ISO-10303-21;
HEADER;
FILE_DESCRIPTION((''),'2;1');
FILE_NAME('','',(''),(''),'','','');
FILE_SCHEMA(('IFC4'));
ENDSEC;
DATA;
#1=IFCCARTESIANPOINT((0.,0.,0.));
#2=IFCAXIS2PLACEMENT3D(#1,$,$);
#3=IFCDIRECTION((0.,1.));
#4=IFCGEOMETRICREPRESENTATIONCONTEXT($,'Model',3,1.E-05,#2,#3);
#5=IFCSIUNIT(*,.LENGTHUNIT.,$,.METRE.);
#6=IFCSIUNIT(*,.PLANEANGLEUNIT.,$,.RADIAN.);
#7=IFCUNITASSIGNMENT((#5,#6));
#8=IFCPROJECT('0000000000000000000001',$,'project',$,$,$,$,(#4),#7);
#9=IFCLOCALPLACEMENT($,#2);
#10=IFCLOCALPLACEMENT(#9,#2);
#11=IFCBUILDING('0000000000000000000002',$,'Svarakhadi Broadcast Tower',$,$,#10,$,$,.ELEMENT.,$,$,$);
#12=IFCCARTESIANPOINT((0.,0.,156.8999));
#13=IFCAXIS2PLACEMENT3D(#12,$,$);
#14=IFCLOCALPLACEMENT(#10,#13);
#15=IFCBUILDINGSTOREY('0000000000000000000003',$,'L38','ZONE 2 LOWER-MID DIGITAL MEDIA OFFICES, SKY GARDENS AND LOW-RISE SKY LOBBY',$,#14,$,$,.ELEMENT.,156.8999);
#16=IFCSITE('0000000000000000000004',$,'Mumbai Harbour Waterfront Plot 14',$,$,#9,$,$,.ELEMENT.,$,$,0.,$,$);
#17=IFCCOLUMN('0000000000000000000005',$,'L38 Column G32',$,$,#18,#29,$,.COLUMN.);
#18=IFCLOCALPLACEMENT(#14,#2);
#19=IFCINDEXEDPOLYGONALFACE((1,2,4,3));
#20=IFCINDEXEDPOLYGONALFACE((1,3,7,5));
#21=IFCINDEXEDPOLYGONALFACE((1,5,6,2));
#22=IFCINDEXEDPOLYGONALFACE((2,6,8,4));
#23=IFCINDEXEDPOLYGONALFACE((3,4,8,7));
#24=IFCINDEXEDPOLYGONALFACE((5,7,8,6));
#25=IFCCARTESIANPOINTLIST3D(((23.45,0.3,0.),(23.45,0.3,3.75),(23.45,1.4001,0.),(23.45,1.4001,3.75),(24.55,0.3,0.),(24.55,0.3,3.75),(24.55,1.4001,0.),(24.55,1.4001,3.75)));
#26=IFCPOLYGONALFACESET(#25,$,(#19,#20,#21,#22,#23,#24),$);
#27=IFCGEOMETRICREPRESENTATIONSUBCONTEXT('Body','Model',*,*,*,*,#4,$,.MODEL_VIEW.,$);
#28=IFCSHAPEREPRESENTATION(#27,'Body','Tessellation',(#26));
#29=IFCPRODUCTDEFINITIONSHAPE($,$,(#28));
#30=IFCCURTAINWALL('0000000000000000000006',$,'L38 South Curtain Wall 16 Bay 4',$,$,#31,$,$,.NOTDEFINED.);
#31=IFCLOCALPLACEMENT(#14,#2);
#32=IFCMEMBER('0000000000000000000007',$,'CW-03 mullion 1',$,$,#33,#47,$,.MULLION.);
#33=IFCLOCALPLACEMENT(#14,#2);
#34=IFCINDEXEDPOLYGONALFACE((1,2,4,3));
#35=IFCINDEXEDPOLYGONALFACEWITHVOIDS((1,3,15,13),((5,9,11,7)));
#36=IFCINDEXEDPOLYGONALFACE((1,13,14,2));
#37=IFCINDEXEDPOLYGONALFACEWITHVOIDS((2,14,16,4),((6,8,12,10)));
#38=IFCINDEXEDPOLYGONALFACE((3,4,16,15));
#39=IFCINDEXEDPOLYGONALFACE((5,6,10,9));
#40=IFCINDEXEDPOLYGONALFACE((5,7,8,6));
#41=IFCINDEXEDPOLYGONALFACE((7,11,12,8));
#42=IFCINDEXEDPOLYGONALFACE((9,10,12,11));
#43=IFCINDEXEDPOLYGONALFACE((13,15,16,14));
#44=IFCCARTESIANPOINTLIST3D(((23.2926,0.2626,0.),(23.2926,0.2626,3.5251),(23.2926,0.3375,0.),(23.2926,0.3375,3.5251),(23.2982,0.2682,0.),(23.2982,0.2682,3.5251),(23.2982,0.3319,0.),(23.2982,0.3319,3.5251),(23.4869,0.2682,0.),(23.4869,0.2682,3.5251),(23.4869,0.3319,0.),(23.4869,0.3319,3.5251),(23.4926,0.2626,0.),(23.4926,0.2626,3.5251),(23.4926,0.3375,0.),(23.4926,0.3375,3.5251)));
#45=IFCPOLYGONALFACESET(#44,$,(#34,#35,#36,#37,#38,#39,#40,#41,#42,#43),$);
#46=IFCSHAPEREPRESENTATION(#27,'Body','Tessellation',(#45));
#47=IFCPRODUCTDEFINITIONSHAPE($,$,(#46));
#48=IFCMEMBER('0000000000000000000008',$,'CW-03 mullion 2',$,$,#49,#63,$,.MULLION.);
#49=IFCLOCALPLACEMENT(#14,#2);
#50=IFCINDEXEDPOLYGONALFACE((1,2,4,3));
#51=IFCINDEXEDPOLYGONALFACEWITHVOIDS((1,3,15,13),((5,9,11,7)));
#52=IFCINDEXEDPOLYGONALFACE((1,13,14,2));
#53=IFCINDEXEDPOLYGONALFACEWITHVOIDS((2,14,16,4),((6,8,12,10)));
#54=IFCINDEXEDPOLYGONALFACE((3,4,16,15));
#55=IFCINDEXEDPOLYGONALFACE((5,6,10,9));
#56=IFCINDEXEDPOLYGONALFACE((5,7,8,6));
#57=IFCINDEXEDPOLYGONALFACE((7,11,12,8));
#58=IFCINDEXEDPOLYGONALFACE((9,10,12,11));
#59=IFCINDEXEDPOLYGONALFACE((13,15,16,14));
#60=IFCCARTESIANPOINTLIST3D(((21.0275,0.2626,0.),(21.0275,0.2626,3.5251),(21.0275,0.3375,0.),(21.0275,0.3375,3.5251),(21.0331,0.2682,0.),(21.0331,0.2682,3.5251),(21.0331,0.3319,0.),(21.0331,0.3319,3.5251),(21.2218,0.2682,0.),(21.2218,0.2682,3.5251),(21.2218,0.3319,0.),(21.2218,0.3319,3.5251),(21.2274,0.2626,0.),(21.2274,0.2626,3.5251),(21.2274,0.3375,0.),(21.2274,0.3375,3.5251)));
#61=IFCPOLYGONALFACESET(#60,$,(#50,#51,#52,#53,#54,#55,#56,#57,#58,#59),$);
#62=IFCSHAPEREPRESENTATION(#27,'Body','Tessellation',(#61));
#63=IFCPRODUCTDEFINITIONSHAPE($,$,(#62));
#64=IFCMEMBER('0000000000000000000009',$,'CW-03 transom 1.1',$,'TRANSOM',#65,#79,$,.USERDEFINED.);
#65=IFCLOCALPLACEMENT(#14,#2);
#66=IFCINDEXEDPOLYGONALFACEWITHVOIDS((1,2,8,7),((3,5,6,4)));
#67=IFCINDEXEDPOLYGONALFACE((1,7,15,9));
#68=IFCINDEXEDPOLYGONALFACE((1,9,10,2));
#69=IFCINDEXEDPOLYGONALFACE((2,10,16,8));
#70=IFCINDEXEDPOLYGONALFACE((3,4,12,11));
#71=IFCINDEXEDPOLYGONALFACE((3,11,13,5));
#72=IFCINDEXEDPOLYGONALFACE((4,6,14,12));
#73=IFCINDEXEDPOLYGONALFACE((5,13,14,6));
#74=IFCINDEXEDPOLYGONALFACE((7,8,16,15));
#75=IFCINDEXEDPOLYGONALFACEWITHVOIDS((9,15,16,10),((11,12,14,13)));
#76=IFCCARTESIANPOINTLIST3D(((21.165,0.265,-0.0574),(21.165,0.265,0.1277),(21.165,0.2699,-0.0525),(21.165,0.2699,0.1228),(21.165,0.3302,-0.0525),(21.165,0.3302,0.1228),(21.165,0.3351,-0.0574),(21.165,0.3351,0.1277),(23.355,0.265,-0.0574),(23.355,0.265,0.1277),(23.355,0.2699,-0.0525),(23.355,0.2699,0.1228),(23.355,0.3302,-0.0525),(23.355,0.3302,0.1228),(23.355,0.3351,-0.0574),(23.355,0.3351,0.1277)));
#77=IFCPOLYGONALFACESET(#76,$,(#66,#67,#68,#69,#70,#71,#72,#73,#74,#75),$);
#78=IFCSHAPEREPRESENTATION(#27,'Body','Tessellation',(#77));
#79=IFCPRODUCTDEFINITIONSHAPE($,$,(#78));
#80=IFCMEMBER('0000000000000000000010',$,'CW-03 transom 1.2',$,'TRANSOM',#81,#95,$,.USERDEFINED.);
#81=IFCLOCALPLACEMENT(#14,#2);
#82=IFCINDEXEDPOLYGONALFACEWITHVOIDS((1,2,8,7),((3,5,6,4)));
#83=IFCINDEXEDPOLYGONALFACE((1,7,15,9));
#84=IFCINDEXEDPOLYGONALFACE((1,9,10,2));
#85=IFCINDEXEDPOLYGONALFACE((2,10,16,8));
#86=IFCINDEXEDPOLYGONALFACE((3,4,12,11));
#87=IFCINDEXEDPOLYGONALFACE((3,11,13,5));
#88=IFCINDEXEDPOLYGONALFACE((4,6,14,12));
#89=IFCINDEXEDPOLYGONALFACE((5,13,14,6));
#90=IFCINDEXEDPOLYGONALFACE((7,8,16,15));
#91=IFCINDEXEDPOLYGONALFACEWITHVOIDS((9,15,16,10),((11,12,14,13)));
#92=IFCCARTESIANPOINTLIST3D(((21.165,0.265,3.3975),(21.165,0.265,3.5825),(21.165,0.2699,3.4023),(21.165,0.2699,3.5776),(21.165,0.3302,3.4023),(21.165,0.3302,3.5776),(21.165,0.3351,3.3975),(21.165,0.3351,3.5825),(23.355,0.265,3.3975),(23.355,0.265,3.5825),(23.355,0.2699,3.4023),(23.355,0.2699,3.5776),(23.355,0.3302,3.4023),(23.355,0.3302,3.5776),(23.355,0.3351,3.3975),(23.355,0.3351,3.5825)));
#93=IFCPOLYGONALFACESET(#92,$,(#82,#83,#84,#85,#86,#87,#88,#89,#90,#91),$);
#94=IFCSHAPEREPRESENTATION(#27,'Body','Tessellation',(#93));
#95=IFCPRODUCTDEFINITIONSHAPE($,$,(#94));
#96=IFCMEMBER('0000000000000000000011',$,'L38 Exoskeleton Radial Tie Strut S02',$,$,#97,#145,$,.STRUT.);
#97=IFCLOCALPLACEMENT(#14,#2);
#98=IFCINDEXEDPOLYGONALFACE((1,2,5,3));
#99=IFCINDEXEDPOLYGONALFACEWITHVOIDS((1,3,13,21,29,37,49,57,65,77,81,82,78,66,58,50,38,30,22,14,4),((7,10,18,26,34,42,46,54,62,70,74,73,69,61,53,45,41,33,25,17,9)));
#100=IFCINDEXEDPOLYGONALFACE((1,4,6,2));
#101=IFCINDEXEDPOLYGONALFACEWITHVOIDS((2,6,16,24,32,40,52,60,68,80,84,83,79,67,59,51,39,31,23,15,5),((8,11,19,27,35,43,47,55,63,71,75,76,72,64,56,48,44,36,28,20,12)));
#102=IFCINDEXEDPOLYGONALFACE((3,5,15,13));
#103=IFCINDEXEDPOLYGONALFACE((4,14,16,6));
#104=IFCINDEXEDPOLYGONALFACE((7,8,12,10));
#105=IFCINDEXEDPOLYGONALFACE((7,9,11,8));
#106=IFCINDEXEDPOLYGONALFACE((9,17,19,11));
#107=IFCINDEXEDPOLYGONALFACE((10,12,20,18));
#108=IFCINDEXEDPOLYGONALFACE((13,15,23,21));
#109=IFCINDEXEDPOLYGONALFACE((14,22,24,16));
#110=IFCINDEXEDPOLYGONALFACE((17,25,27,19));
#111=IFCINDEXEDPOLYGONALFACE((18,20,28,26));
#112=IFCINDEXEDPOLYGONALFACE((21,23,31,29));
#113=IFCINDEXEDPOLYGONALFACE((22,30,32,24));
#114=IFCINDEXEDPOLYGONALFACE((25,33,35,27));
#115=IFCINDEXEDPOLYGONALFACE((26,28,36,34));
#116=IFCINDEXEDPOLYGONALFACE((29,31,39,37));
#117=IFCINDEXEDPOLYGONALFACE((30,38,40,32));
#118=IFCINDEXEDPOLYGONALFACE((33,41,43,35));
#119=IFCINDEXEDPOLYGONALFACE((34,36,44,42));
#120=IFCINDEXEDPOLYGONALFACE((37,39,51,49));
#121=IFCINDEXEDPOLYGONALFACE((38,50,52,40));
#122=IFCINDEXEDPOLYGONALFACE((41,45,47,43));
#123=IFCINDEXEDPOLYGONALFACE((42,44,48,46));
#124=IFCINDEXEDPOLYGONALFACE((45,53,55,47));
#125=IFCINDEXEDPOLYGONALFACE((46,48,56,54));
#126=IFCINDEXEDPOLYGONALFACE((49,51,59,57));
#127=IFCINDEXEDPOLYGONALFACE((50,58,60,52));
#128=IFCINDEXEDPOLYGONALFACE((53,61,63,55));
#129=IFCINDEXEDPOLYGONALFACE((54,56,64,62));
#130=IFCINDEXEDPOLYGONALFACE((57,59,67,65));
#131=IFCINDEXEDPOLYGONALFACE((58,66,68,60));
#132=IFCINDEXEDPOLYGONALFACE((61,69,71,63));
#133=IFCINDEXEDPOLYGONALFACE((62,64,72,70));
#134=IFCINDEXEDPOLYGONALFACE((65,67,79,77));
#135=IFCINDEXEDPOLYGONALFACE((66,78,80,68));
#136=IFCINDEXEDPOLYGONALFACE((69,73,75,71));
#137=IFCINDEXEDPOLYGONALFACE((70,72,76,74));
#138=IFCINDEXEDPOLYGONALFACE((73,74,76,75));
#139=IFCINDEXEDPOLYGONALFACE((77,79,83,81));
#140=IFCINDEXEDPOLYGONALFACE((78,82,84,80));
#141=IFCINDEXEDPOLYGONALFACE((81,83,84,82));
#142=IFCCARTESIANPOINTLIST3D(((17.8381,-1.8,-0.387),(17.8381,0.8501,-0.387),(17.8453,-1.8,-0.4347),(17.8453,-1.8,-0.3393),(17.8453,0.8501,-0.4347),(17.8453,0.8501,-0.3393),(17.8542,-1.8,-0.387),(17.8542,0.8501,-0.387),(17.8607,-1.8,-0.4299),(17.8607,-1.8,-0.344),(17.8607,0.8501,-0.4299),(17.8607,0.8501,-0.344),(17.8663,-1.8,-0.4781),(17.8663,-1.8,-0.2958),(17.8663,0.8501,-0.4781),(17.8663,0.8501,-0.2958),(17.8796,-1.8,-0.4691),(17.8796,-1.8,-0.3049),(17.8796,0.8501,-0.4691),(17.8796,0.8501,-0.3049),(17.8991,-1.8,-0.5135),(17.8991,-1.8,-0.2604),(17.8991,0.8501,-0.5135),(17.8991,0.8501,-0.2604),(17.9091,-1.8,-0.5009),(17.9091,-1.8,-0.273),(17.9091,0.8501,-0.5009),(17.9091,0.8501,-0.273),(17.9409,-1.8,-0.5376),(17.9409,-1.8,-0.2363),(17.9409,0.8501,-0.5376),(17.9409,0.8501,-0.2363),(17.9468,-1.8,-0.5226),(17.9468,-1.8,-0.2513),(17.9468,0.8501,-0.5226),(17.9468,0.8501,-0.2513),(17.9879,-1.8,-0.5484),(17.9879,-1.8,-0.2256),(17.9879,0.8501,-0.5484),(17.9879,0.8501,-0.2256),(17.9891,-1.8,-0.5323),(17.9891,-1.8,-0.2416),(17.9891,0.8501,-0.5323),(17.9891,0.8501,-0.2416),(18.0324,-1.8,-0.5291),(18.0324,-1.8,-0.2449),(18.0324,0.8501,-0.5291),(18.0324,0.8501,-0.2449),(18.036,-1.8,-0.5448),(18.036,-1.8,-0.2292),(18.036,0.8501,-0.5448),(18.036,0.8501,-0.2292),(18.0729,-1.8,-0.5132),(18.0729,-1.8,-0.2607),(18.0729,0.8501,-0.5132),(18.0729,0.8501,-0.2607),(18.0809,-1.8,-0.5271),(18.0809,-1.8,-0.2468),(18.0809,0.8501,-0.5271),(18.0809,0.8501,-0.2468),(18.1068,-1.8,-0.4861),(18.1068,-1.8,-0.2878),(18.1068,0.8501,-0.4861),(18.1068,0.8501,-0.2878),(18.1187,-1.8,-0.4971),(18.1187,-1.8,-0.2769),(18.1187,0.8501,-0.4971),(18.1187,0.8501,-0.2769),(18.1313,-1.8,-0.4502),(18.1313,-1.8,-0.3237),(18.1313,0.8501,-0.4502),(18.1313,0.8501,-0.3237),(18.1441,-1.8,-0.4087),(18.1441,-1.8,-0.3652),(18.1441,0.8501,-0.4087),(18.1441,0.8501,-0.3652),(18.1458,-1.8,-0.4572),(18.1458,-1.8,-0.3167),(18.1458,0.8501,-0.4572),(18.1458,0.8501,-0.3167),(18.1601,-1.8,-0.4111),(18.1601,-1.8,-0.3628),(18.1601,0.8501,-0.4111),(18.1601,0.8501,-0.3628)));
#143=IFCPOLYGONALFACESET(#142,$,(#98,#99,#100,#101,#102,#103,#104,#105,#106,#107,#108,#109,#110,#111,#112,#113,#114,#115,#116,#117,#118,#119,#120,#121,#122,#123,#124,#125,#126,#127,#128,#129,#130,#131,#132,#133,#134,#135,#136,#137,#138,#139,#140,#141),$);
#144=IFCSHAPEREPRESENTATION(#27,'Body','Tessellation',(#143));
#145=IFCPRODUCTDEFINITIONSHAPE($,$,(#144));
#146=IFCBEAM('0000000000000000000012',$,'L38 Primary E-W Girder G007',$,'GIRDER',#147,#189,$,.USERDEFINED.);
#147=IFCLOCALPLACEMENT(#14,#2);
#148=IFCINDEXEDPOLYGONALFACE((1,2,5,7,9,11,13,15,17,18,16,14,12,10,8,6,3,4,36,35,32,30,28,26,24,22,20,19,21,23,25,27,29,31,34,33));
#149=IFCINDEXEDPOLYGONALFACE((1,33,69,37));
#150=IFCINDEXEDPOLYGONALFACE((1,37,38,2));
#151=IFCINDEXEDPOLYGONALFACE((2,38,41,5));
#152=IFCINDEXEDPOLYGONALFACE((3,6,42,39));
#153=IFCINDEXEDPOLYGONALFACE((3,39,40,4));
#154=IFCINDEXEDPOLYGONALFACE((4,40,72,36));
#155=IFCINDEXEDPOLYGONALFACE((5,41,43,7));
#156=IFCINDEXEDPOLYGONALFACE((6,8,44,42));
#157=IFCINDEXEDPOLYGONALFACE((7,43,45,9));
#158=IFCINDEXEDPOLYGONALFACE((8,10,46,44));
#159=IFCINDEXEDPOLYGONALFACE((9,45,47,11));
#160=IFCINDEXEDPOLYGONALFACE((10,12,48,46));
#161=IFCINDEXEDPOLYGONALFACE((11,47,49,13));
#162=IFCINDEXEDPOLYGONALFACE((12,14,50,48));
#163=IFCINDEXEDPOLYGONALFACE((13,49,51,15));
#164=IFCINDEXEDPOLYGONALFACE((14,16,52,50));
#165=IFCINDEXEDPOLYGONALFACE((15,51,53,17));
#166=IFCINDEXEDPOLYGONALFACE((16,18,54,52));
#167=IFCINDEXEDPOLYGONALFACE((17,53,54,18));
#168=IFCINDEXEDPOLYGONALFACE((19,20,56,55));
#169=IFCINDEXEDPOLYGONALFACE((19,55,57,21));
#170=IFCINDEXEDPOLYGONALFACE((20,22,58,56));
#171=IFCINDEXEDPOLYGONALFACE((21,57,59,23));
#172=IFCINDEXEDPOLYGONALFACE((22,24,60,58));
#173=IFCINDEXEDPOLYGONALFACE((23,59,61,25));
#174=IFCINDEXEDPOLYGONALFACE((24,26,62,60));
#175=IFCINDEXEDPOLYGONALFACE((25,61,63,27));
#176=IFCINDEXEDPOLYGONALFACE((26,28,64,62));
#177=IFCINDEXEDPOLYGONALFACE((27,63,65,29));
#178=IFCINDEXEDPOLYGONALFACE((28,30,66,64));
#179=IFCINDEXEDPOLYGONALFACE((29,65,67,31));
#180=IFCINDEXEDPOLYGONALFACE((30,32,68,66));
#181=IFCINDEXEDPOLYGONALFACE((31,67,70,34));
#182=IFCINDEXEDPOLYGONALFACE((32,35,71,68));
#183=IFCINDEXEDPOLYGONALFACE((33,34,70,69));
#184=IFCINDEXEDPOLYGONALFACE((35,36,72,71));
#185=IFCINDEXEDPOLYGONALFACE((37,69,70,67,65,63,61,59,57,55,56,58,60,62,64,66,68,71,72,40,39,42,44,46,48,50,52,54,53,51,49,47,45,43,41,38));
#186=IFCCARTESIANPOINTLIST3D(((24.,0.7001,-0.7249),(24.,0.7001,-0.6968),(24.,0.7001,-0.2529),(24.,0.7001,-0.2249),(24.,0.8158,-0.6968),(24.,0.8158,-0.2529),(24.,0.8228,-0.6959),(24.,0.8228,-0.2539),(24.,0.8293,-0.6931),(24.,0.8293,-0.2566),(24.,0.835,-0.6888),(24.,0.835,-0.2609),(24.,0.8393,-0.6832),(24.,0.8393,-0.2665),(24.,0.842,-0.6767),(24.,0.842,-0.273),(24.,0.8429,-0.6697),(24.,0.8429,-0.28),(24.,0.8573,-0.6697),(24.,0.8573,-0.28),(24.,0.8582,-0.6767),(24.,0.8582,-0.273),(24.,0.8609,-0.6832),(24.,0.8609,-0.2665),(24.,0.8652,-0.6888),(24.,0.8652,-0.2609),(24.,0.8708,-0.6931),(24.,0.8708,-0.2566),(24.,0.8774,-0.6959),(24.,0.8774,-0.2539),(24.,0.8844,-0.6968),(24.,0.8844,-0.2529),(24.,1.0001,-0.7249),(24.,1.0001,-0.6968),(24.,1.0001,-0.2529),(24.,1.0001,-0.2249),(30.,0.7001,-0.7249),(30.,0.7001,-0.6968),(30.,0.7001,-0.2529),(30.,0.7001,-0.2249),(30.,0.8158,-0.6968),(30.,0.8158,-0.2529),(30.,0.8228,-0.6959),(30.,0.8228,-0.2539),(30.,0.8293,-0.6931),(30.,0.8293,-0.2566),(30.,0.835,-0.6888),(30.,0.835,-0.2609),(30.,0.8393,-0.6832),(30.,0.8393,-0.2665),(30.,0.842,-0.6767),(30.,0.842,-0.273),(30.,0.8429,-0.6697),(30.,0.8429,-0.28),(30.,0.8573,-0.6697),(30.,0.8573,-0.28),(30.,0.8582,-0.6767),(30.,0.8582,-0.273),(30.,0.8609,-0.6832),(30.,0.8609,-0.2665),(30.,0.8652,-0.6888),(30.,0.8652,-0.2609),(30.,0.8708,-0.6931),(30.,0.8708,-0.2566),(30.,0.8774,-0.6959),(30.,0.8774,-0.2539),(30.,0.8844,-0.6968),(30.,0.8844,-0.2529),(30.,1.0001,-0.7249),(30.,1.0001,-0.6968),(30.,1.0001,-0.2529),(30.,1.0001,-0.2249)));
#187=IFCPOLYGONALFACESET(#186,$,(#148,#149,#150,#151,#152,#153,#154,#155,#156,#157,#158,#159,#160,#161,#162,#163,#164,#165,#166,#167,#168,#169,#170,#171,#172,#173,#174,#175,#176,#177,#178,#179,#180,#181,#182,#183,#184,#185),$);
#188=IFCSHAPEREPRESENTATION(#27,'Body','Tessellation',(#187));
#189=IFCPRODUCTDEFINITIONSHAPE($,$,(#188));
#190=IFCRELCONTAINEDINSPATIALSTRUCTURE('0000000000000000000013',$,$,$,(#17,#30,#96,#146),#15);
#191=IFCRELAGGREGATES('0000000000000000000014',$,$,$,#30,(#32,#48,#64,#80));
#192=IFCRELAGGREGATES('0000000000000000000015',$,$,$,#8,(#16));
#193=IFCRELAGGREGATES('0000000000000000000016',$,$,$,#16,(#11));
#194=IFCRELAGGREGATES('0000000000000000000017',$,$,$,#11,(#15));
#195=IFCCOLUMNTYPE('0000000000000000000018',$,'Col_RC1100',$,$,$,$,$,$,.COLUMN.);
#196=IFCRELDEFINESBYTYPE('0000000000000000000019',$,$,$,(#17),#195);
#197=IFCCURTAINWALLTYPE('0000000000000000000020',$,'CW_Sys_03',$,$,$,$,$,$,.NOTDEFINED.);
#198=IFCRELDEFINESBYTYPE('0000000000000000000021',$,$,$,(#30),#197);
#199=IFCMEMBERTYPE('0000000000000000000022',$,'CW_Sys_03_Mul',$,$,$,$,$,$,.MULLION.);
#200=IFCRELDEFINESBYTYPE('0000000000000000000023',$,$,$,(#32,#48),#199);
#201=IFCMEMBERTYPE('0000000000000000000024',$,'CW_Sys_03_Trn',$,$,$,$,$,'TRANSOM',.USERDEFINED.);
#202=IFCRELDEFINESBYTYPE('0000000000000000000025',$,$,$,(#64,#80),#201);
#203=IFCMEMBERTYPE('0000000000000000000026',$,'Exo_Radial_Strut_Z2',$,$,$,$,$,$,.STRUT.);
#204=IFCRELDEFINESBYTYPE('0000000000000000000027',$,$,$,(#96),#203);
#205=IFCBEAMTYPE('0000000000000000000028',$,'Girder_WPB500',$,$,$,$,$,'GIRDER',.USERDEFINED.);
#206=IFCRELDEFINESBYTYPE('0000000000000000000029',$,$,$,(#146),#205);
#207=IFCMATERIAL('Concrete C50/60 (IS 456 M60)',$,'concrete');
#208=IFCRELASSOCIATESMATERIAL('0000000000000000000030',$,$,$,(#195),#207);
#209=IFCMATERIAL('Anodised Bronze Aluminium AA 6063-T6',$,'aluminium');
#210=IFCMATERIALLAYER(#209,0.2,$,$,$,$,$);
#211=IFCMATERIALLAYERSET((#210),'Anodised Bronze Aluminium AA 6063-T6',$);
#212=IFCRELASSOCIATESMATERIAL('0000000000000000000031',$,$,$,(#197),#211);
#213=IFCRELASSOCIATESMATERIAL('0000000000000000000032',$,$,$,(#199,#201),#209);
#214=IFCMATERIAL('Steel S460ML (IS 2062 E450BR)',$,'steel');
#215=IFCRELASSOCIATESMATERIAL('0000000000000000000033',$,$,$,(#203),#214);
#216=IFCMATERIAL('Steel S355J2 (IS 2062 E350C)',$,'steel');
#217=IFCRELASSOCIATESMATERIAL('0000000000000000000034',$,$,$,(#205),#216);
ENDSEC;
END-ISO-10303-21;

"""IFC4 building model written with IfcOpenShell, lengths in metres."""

from ifc_helpers import new_model, si_unit, direction, frame, origin, origin_2d, place, context, subcontext, project, spatial, rectangle, hollow_rectangle, hollow_circle, i_section, extrude, material, layer, layer_set, material_profile, profile_set, type_object, element, aggregate, save


model = new_model("IFC4")

# Units and contexts
model_context = context("Model", 3, precision=1e-05, world=origin(), true_north=direction((0.0, 1.0)))
body_context = subcontext(model_context, "Body", "Model", "MODEL_VIEW")
ifc_project = project(units=[si_unit("LENGTHUNIT", "METRE"), si_unit("PLANEANGLEUNIT", "RADIAN")], contexts=[model_context])

# Site, building, storey
site_placement = place(None, origin())
site = spatial("IfcSite", under=ifc_project, at=site_placement, Name="Mumbai Harbour Waterfront Plot 14", CompositionType="ELEMENT", RefElevation=0.0)
building_placement = place(site_placement, origin())
building = spatial("IfcBuilding", under=site, at=building_placement, Name="Svarakhadi Broadcast Tower", CompositionType="ELEMENT")
storey_placement = place(building_placement, frame((0.0, 0.0, 156.8999)))
storey = spatial("IfcBuildingStorey", under=building, at=storey_placement, Name="L38", Description="ZONE 2 LOWER-MID DIGITAL MEDIA OFFICES, SKY GARDENS AND LOW-RISE SKY LOBBY", CompositionType="ELEMENT", Elevation=156.8999)

# Column
ifc_material_1 = material(Name="Concrete C50/60 (IS 456 M60)", Category="concrete")
ifc_material_profile_1 = material_profile(ifc_material_1, rectangle(XDim=1.1001, YDim=1.1001, at=origin_2d()), Name="RC 1100x1100")
ifc_profile_set_1 = profile_set([ifc_material_profile_1], Name="Concrete C50/60 (IS 456 M60)")
column_type = type_object("IfcColumnType", Name="Col_RC1100", PredefinedType="COLUMN", material=ifc_profile_set_1)
column_placement = place(storey_placement, frame((24.0, 0.8501, 0.0), z_axis=(0.0, 0.0, 1.0), x_axis=(1.0, 0.0, 0.0)))
element("IfcColumn", 1, at=column_placement, inside=storey, type_object=column_type, Name="L38 Column G32", PredefinedType="COLUMN", context=body_context, shape_type="SweptSolid", body=[
    extrude(rectangle(XDim=1.1001, YDim=1.1001, at=origin_2d()), origin(), (0.0, 0.0, 1.0), 3.75),
])

# Curtain wall, members
ifc_material_2 = material(Name="Anodised Bronze Aluminium AA 6063-T6", Category="aluminium")
ifc_layer_1 = layer(ifc_material_2, 0.2)
ifc_layer_set_1 = layer_set([ifc_layer_1], Name="Anodised Bronze Aluminium AA 6063-T6")
curtain_wall_type = type_object("IfcCurtainWallType", Name="CW_Sys_03", PredefinedType="NOTDEFINED", material=ifc_layer_set_1)
curtain_wall_placement = place(storey_placement, origin())
curtain_wall = element("IfcCurtainWall", 2, at=curtain_wall_placement, inside=storey, type_object=curtain_wall_type, Name="L38 South Curtain Wall 16 Bay 4", PredefinedType="NOTDEFINED")
ifc_material_profile_2 = material_profile(ifc_material_2, hollow_rectangle(XDim=0.075, YDim=0.2, WallThickness=0.0056, at=origin_2d()), Name="ALU MULLION 200x75x6")
ifc_profile_set_2 = profile_set([ifc_material_profile_2], Name="Anodised Bronze Aluminium AA 6063-T6")
member_type_1 = type_object("IfcMemberType", Name="CW_Sys_03_Mul", PredefinedType="MULLION", material=ifc_profile_set_2)
member_1_placement = place(storey_placement, frame((23.3926, 0.3, 0.0), z_axis=(0.0, 0.0, 1.0), x_axis=(0.0, -1.0, 0.0)))
member_1 = element("IfcMember", 3, at=member_1_placement, type_object=member_type_1, Name="CW-03 mullion 1", PredefinedType="MULLION", context=body_context, shape_type="SweptSolid", body=[
    extrude(hollow_rectangle(XDim=0.075, YDim=0.2, WallThickness=0.0056, at=origin_2d()), origin(), (0.0, 0.0, 1.0), 3.5251),
])
member_2_placement = place(storey_placement, frame((21.1274, 0.3, 0.0), z_axis=(0.0, 0.0, 1.0), x_axis=(0.0, -1.0, 0.0)))
member_2 = element("IfcMember", 4, at=member_2_placement, type_object=member_type_1, Name="CW-03 mullion 2", PredefinedType="MULLION", context=body_context, shape_type="SweptSolid", body=[
    extrude(hollow_rectangle(XDim=0.075, YDim=0.2, WallThickness=0.0056, at=origin_2d()), origin(), (0.0, 0.0, 1.0), 3.5251),
])
ifc_material_profile_3 = material_profile(ifc_material_2, hollow_rectangle(XDim=0.0701, YDim=0.1851, WallThickness=0.0049, at=origin_2d()), Name="ALU TRANSOM 185x70x5")
ifc_profile_set_3 = profile_set([ifc_material_profile_3], Name="Anodised Bronze Aluminium AA 6063-T6")
member_type_2 = type_object("IfcMemberType", Name="CW_Sys_03_Trn", ElementType="TRANSOM", PredefinedType="USERDEFINED", material=ifc_profile_set_3)
member_3_placement = place(storey_placement, frame((23.355, 0.3, 0.0352), z_axis=(-1.0, 0.0, 0.0), x_axis=(0.0, -1.0, 0.0)))
member_3 = element("IfcMember", 5, at=member_3_placement, type_object=member_type_2, Name="CW-03 transom 1.1", ObjectType="TRANSOM", PredefinedType="USERDEFINED", context=body_context, shape_type="SweptSolid", body=[
    extrude(hollow_rectangle(XDim=0.0701, YDim=0.1851, WallThickness=0.0049, at=origin_2d()), origin(), (0.0, 0.0, 1.0), 2.1899),
])
member_4_placement = place(storey_placement, frame((23.355, 0.3, 3.49), z_axis=(-1.0, 0.0, 0.0), x_axis=(0.0, -1.0, 0.0)))
member_4 = element("IfcMember", 6, at=member_4_placement, type_object=member_type_2, Name="CW-03 transom 1.2", ObjectType="TRANSOM", PredefinedType="USERDEFINED", context=body_context, shape_type="SweptSolid", body=[
    extrude(hollow_rectangle(XDim=0.0701, YDim=0.1851, WallThickness=0.0049, at=origin_2d()), origin(), (0.0, 0.0, 1.0), 2.1899),
])

# Member
ifc_material_3 = material(Name="Steel S460ML (IS 2062 E450BR)", Category="steel")
ifc_material_profile_4 = material_profile(ifc_material_3, hollow_circle(Radius=0.1619, WallThickness=0.0161, at=origin_2d()), Name="CHS 323.9x16")
ifc_profile_set_4 = profile_set([ifc_material_profile_4], Name="Steel S460ML (IS 2062 E450BR)")
member_type_3 = type_object("IfcMemberType", Name="Exo_Radial_Strut_Z2", PredefinedType="STRUT", material=ifc_profile_set_4)
member_5_placement = place(storey_placement, frame((18.0, -1.8, -0.387), z_axis=(0.0, 1.0, 0.0), x_axis=(-1.0, 0.0, 0.0)))
element("IfcMember", 7, at=member_5_placement, inside=storey, type_object=member_type_3, Name="L38 Exoskeleton Radial Tie Strut S02", PredefinedType="STRUT", context=body_context, shape_type="SweptSolid", body=[
    extrude(hollow_circle(Radius=0.1619, WallThickness=0.0161, at=origin_2d()), origin(), (0.0, 0.0, 1.0), 2.6501),
])

# Beam
ifc_material_4 = material(Name="Steel S355J2 (IS 2062 E350C)", Category="steel")
ifc_material_profile_5 = material_profile(ifc_material_4, i_section(OverallWidth=0.3, OverallDepth=0.5, WebThickness=0.0144, FlangeThickness=0.0281, FilletRadius=0.0271, at=origin_2d()), Name="WPB 500x300x187")
ifc_profile_set_5 = profile_set([ifc_material_profile_5], Name="Steel S355J2 (IS 2062 E350C)")
beam_type = type_object("IfcBeamType", Name="Girder_WPB500", ElementType="GIRDER", PredefinedType="USERDEFINED", material=ifc_profile_set_5)
beam_placement = place(storey_placement, frame((24.0, 0.8501, -0.4749), z_axis=(1.0, 0.0, 0.0), x_axis=(0.0, 1.0, 0.0)))
element("IfcBeam", 8, at=beam_placement, inside=storey, type_object=beam_type, Name="L38 Primary E-W Girder G007", ObjectType="GIRDER", PredefinedType="USERDEFINED", context=body_context, shape_type="SweptSolid", body=[
    extrude(i_section(OverallWidth=0.3, OverallDepth=0.5, WebThickness=0.0144, FlangeThickness=0.0281, FilletRadius=0.0271, at=origin_2d()), origin(), (0.0, 0.0, 1.0), 6.0),
])

aggregate(curtain_wall, [member_1, member_2, member_3, member_4])

save(model, "model.ifc")
